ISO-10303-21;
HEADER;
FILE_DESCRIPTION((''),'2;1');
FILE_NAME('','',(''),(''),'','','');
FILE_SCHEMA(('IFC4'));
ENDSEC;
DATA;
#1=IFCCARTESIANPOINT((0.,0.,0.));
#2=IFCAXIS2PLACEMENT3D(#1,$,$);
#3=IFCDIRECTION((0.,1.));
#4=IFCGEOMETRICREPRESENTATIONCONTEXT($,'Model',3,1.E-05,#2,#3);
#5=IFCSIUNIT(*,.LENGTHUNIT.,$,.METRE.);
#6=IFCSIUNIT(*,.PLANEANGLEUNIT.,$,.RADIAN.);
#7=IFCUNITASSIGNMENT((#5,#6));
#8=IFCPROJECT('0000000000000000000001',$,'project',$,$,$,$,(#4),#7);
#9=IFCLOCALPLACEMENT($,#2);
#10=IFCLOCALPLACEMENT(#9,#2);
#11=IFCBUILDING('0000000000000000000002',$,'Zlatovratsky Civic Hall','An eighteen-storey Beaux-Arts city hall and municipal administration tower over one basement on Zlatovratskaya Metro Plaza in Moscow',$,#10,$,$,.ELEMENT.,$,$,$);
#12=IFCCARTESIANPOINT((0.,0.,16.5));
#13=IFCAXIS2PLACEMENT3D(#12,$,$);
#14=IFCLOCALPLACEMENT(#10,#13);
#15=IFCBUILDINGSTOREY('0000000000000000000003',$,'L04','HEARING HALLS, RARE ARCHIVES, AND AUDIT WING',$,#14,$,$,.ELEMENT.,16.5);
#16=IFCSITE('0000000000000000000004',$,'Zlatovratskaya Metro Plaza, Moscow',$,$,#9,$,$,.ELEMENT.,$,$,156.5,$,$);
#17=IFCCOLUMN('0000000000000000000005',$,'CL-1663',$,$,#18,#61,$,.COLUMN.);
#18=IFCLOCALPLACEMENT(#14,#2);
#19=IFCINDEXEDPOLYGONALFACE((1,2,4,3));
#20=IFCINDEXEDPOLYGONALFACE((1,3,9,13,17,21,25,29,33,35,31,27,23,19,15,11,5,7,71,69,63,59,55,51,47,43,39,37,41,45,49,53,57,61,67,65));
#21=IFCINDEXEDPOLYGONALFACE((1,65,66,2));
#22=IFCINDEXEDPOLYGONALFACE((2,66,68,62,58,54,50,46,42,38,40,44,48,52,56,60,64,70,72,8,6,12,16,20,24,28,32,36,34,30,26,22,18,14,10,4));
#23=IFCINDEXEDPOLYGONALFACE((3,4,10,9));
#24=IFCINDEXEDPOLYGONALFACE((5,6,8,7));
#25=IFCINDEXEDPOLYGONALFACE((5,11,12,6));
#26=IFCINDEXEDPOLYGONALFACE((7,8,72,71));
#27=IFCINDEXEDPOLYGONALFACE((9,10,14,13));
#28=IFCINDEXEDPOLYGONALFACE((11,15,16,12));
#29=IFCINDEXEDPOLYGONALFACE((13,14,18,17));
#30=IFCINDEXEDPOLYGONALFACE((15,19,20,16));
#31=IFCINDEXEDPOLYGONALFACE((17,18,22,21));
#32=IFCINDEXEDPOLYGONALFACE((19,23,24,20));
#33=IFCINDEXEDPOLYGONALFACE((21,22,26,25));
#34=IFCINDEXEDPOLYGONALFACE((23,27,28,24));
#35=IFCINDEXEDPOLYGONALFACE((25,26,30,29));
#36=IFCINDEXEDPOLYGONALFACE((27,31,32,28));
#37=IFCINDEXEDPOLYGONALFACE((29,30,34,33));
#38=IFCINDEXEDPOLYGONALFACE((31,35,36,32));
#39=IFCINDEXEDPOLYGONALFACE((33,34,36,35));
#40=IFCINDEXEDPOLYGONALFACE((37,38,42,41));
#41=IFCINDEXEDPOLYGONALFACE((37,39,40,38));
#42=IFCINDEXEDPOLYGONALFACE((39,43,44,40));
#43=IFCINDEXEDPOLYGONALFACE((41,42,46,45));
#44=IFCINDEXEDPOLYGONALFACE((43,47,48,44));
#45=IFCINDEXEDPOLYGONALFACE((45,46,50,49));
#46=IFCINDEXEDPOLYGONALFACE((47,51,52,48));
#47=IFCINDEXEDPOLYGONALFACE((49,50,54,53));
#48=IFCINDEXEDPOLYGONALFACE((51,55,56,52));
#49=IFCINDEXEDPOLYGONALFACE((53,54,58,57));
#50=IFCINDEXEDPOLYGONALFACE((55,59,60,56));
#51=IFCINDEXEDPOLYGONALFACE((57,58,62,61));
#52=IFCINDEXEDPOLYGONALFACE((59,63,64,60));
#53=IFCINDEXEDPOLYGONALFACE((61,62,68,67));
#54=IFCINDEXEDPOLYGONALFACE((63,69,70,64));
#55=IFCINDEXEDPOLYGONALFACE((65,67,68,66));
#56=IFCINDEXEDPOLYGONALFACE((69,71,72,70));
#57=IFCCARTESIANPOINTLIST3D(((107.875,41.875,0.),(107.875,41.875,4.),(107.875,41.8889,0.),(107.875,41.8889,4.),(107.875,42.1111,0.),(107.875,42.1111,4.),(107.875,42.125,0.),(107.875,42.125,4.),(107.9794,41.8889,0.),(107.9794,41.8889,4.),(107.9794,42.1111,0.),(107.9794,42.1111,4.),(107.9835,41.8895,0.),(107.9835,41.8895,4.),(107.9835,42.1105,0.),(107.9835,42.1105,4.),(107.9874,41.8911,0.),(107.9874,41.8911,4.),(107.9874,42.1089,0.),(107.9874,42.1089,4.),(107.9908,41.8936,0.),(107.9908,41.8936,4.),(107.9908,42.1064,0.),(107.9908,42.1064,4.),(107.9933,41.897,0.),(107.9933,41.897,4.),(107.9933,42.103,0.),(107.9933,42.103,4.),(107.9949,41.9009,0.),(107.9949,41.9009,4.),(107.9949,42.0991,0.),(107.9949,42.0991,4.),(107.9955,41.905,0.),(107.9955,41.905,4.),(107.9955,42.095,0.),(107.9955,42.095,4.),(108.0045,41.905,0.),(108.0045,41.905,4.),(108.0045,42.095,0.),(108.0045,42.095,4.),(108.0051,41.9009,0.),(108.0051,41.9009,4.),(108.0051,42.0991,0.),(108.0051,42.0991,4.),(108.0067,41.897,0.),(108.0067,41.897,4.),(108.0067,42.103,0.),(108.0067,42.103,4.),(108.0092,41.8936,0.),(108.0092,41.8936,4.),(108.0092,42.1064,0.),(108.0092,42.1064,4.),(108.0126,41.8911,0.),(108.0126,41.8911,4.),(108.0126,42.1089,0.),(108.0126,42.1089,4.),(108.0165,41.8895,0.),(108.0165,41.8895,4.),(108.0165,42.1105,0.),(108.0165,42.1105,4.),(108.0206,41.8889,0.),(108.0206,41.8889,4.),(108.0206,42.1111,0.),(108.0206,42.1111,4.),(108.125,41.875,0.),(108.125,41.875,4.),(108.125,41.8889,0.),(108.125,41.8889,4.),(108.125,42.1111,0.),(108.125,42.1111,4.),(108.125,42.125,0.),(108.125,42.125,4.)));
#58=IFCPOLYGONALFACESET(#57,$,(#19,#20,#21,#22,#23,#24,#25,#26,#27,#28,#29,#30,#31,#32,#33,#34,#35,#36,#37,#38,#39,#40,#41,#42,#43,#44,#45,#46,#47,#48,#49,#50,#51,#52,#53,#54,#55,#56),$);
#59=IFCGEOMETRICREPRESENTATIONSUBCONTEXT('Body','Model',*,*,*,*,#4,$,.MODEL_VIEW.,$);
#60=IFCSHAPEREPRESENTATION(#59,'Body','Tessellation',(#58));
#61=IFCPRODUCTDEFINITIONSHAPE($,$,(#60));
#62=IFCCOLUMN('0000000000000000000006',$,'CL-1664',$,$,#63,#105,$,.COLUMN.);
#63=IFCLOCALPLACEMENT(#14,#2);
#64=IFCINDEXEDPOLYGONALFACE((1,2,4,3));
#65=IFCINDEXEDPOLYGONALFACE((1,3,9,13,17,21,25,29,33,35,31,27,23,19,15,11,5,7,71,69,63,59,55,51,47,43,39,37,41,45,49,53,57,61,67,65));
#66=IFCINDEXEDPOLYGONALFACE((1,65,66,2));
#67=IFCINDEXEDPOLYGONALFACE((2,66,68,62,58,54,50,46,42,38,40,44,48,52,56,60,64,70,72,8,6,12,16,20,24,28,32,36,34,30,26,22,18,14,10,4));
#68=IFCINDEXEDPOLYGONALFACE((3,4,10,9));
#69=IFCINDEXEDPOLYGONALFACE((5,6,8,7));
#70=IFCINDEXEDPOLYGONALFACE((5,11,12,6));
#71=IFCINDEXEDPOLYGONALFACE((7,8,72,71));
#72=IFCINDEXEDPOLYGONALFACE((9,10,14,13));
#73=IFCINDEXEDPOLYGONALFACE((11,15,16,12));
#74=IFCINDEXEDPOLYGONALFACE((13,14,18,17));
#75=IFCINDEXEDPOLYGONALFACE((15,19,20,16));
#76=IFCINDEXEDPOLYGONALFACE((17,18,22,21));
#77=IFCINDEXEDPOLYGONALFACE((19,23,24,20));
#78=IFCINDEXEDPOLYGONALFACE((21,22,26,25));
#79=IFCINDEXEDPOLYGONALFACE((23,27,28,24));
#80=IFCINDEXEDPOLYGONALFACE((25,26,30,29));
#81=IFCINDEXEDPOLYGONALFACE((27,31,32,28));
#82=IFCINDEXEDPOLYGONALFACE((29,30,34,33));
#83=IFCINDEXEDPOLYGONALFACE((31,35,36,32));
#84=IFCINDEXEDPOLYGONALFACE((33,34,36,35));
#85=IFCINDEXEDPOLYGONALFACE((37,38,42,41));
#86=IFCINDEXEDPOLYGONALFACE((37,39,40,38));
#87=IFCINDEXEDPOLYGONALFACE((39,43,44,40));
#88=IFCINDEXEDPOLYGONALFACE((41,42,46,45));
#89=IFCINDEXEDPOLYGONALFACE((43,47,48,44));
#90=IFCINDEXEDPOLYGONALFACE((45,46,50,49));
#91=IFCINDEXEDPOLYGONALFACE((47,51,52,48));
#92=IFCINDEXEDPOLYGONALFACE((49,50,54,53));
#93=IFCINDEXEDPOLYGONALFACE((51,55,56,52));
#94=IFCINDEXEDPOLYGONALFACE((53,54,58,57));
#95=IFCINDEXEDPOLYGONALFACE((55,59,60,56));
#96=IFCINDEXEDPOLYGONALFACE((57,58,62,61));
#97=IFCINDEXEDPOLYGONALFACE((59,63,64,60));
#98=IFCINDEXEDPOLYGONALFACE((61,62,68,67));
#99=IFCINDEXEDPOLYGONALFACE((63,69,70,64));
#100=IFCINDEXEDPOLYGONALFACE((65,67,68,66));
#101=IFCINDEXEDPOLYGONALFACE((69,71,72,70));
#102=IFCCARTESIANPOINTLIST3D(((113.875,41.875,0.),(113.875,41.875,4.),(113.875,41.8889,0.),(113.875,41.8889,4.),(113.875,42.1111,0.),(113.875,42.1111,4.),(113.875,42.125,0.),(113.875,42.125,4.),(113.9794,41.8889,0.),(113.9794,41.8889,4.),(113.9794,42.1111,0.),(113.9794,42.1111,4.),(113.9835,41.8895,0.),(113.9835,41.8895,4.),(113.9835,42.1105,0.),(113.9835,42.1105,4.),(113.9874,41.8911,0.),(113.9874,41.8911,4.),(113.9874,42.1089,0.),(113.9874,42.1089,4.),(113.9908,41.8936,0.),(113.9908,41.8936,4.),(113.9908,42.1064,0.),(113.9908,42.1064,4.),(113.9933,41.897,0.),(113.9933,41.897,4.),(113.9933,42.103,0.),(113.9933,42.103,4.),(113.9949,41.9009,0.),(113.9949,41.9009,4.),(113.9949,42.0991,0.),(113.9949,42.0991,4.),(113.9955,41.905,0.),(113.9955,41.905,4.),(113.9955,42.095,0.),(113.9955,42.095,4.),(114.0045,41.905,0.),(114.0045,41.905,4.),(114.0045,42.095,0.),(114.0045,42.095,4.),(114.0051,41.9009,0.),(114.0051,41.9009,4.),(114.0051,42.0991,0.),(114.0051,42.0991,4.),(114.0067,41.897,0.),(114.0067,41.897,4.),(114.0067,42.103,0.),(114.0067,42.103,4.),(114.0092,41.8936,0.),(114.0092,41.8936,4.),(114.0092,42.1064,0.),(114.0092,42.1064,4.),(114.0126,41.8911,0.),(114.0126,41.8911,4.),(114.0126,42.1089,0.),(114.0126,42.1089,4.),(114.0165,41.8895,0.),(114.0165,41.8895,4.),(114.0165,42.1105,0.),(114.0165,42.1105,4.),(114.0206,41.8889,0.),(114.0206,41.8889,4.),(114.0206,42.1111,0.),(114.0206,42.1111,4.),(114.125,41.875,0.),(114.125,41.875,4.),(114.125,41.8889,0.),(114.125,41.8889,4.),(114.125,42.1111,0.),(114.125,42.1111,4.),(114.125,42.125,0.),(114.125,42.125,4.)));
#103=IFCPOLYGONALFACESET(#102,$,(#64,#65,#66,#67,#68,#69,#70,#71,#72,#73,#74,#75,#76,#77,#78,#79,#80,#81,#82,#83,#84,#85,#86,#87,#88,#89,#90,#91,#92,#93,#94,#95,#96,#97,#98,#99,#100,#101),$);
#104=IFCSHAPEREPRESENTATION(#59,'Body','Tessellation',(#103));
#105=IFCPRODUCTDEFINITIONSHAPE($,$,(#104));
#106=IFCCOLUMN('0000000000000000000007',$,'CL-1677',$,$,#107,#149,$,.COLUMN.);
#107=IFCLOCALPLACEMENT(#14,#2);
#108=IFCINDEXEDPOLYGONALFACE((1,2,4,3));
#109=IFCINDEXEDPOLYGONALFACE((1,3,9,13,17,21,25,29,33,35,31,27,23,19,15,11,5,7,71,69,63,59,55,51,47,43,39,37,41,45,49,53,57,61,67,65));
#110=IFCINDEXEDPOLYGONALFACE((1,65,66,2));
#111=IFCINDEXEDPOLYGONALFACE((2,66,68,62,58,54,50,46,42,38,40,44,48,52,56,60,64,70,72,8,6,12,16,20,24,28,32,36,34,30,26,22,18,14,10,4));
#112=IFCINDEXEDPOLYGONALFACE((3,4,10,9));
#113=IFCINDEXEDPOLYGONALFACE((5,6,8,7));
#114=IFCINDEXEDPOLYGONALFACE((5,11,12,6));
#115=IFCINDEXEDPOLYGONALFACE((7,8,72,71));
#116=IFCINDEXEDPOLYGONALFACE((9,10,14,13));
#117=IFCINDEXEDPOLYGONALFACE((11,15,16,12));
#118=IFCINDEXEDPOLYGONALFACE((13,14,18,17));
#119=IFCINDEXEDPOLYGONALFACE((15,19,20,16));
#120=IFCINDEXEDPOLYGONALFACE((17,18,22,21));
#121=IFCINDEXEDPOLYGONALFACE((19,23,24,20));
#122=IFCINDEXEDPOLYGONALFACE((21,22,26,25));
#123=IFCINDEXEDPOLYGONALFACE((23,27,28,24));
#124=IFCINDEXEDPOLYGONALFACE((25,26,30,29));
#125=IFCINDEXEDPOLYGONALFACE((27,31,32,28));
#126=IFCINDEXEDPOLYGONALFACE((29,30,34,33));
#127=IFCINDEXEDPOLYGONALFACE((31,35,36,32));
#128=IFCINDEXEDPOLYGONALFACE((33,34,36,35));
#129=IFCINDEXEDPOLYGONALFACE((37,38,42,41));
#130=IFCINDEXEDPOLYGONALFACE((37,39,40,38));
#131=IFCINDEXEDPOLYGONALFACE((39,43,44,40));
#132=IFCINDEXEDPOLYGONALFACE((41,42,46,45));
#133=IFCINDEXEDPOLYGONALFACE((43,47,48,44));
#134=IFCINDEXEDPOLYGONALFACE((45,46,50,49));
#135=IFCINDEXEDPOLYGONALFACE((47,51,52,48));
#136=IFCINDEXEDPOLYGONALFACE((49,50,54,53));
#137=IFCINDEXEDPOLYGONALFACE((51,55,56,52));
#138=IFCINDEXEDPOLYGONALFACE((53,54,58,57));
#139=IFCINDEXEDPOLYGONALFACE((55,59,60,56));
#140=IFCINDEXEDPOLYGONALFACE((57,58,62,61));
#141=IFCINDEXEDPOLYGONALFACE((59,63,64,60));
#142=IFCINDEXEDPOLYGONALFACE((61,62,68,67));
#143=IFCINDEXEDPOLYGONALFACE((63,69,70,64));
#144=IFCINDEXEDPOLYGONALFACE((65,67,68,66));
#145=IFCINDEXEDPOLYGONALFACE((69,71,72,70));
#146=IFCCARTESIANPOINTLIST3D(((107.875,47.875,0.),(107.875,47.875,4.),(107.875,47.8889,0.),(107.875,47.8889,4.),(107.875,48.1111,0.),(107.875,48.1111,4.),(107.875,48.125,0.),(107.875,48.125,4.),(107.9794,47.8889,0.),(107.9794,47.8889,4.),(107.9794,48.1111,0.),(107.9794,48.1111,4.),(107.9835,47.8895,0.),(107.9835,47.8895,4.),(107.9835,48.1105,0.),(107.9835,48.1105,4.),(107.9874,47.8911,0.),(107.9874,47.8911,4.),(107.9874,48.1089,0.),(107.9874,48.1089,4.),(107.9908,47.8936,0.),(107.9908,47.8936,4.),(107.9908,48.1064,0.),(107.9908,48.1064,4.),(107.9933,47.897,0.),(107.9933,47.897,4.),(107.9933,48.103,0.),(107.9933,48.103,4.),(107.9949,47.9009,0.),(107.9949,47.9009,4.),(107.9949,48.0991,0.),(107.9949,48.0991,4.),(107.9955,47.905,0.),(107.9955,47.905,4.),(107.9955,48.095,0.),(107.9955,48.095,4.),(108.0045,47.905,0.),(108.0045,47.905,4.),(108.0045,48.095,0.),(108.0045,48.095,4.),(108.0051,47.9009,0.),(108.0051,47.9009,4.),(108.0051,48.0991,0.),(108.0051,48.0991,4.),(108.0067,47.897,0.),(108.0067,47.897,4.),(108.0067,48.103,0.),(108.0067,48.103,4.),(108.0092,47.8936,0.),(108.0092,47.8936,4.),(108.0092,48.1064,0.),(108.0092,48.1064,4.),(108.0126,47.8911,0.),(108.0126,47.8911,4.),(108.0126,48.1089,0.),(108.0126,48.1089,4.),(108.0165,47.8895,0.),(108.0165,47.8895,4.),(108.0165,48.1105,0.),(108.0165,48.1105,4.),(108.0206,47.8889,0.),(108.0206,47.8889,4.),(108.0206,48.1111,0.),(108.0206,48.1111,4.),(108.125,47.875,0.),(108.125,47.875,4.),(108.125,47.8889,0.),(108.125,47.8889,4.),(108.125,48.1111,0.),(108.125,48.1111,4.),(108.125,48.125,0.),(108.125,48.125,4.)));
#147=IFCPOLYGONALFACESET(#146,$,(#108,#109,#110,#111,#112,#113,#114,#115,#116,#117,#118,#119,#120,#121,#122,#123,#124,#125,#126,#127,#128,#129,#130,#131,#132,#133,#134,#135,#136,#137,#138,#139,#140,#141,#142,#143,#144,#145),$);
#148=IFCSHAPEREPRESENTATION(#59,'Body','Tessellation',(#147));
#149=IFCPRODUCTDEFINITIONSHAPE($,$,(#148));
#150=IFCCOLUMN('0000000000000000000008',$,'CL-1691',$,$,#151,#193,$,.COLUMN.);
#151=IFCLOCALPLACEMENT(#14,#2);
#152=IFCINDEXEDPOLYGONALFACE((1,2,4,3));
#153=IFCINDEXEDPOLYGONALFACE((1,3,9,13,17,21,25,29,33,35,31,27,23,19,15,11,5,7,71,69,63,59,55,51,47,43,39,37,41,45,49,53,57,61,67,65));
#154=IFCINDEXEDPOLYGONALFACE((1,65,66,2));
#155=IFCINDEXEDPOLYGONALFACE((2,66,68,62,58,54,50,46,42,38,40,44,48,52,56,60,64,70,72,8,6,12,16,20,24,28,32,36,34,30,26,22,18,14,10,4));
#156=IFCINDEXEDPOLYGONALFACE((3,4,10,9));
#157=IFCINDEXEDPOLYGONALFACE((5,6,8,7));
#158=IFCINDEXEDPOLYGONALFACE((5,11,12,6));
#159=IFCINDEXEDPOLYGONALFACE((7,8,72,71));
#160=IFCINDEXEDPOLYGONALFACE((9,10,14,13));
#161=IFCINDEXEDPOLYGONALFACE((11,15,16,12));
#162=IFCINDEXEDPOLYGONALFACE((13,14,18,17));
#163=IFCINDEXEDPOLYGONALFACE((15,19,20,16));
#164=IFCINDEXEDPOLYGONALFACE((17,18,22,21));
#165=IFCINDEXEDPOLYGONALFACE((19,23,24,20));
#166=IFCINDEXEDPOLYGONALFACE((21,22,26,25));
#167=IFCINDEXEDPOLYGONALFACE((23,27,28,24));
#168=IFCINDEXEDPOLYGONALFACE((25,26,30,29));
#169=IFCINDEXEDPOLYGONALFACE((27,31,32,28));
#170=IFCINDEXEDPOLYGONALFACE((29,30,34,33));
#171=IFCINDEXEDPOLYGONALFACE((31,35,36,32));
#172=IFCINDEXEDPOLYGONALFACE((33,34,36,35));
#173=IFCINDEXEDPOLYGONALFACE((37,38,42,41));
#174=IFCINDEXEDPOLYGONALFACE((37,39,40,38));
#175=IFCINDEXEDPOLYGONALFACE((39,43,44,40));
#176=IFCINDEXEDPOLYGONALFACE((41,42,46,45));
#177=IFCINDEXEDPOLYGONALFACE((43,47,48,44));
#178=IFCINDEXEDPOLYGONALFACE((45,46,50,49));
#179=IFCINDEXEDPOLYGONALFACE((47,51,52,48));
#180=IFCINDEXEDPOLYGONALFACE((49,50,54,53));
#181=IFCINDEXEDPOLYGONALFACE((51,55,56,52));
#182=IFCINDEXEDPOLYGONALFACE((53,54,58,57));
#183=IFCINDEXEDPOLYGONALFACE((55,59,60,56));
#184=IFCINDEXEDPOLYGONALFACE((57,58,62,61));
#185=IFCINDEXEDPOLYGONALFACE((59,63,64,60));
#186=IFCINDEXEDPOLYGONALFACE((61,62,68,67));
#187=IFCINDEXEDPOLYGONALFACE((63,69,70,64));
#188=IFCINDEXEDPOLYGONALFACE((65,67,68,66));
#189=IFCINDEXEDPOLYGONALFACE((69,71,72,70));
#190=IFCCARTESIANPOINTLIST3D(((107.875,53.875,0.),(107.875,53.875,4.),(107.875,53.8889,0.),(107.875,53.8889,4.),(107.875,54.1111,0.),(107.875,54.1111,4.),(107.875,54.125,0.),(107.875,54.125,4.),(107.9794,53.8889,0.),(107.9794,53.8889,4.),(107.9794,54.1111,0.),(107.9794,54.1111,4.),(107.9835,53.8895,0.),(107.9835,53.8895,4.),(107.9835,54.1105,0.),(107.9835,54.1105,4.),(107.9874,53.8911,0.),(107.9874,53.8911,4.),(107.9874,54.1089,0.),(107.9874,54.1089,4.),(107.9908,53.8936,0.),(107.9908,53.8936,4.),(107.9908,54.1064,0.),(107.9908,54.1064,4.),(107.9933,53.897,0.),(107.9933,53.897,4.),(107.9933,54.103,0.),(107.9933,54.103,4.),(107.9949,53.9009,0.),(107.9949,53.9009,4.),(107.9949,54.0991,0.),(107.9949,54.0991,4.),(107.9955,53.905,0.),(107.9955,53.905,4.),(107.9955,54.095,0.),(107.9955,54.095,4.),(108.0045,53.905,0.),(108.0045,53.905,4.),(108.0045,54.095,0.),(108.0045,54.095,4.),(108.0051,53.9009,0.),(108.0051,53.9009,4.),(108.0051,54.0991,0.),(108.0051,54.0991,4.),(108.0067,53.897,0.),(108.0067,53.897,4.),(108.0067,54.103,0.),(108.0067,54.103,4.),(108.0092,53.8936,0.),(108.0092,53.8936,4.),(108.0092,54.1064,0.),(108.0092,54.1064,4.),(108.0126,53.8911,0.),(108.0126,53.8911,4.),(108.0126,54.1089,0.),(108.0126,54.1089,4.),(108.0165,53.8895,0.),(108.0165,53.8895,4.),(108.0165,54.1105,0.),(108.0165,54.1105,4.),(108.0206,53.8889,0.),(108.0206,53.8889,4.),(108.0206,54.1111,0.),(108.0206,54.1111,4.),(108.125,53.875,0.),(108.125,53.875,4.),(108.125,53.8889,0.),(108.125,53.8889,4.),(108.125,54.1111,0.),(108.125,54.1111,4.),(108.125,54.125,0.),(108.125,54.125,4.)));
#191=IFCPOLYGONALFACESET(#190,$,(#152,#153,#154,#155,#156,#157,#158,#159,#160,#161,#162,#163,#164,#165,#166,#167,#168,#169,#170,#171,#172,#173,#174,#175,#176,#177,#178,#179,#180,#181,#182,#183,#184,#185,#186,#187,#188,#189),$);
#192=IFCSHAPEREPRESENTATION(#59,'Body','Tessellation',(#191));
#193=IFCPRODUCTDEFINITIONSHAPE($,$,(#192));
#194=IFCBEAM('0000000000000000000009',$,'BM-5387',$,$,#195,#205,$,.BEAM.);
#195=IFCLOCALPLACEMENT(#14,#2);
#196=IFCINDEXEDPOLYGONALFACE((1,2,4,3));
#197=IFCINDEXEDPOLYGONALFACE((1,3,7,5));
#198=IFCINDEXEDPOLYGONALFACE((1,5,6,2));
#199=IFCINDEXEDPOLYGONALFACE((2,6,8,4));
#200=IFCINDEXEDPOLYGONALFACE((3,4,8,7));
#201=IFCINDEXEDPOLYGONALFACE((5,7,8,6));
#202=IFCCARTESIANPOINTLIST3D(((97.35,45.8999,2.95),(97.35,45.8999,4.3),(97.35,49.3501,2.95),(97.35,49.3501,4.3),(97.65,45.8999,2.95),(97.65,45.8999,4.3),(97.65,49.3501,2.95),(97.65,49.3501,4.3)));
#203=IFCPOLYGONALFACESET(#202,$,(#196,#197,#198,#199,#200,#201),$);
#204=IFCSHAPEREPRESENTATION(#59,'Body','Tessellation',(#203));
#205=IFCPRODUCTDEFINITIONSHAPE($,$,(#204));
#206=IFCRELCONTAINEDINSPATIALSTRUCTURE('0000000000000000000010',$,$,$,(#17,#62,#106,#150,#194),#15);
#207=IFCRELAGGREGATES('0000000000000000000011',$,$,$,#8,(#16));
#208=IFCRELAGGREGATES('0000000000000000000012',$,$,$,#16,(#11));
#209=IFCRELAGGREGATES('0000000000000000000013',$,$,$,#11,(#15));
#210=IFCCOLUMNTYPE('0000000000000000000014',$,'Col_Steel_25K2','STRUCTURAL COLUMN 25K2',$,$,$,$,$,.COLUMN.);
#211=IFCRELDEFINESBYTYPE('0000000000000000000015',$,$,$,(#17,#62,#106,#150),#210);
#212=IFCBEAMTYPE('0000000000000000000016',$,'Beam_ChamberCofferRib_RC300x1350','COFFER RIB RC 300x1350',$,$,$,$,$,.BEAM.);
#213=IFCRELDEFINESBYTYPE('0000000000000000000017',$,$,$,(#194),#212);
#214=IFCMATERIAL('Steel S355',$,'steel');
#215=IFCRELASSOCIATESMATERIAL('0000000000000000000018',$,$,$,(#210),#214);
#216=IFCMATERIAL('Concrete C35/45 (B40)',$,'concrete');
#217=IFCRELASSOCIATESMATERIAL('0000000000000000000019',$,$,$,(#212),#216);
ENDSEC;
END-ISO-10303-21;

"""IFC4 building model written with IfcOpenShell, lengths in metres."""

from ifc_helpers import new_model, si_unit, direction, frame, origin, origin_2d, place, context, subcontext, project, spatial, rectangle, i_section, extrude, material, material_profile, profile_set, type_object, element, save


model = new_model("IFC4")

# Units and contexts
model_context = context("Model", 3, precision=1e-05, world=origin(), true_north=direction((0.0, 1.0)))
body_context = subcontext(model_context, "Body", "Model", "MODEL_VIEW")
ifc_project = project(units=[si_unit("LENGTHUNIT", "METRE"), si_unit("PLANEANGLEUNIT", "RADIAN")], contexts=[model_context])

# Site, building, storey
site_placement = place(None, origin())
site = spatial("IfcSite", under=ifc_project, at=site_placement, Name="Zlatovratskaya Metro Plaza, Moscow", CompositionType="ELEMENT", RefElevation=156.5)
building_placement = place(site_placement, origin())
building = spatial("IfcBuilding", under=site, at=building_placement, Name="Zlatovratsky Civic Hall", Description="An eighteen-storey Beaux-Arts city hall and municipal administration tower over one basement on Zlatovratskaya Metro Plaza in Moscow", CompositionType="ELEMENT")
storey_placement = place(building_placement, frame((0.0, 0.0, 16.5)))
storey = spatial("IfcBuildingStorey", under=building, at=storey_placement, Name="L04", Description="HEARING HALLS, RARE ARCHIVES, AND AUDIT WING", CompositionType="ELEMENT", Elevation=16.5)

# Columns
ifc_material_1 = material(Name="Concrete C35/45 (B40)", Category="concrete")
ifc_material_2 = material(Name="Steel S355", Category="steel")
ifc_material_profile_1 = material_profile(ifc_material_2, i_section(OverallWidth=0.25, OverallDepth=0.25, WebThickness=0.009, FlangeThickness=0.0139, FilletRadius=0.0161, at=origin_2d()), Name="25K2")
ifc_profile_set_1 = profile_set([ifc_material_profile_1], Name="Steel S355")
column_type_1 = type_object("IfcColumnType", Name="Col_Steel_25K2", Description="STRUCTURAL COLUMN 25K2", PredefinedType="COLUMN", material=ifc_profile_set_1)
for number, where, z_axis, x_axis, name in (
    (1, (108.0, 42.0, 0.0), (0.0, 0.0, 1.0), (1.0, 0.0, 0.0), "CL-1663"),
    (2, (114.0, 42.0, 0.0), (0.0, 0.0, 1.0), (1.0, 0.0, 0.0), "CL-1664"),
    (3, (108.0, 48.0, 0.0), (0.0, 0.0, 1.0), (1.0, 0.0, 0.0), "CL-1677"),
    (4, (108.0, 54.0, 0.0), (0.0, 0.0, 1.0), (1.0, 0.0, 0.0), "CL-1691"),
):
    element("IfcColumn", number, at=place(storey_placement, frame(where, z_axis=z_axis, x_axis=x_axis)), inside=storey, type_object=column_type_1, Name=name, PredefinedType="COLUMN", context=body_context, shape_type="SweptSolid", body=[
        extrude(i_section(OverallWidth=0.25, OverallDepth=0.25, WebThickness=0.009, FlangeThickness=0.0139, FilletRadius=0.0161, at=origin_2d()), origin(), (0.0, 0.0, 1.0), 4.0),
    ])

# Beam
ifc_material_profile_2 = material_profile(ifc_material_1, rectangle(XDim=0.3, YDim=1.3501, at=origin_2d()), Name="RC 300x1350")
ifc_profile_set_2 = profile_set([ifc_material_profile_2], Name="Concrete C35/45 (B40)")
beam_type_1 = type_object("IfcBeamType", Name="Beam_ChamberCofferRib_RC300x1350", Description="COFFER RIB RC 300x1350", PredefinedType="BEAM", material=ifc_profile_set_2)
for number, where, z_axis, x_axis, name in (
    (5, (97.5, 45.8999, 3.625), (0.0, 1.0, 0.0), (-1.0, 0.0, 0.0), "BM-5387"),
):
    element("IfcBeam", number, at=place(storey_placement, frame(where, z_axis=z_axis, x_axis=x_axis)), inside=storey, type_object=beam_type_1, Name=name, PredefinedType="BEAM", context=body_context, shape_type="SweptSolid", body=[
        extrude(rectangle(XDim=0.3, YDim=1.3501, at=origin_2d()), origin(), (0.0, 0.0, 1.0), 3.4502),
    ])

save(model, "model.ifc")
